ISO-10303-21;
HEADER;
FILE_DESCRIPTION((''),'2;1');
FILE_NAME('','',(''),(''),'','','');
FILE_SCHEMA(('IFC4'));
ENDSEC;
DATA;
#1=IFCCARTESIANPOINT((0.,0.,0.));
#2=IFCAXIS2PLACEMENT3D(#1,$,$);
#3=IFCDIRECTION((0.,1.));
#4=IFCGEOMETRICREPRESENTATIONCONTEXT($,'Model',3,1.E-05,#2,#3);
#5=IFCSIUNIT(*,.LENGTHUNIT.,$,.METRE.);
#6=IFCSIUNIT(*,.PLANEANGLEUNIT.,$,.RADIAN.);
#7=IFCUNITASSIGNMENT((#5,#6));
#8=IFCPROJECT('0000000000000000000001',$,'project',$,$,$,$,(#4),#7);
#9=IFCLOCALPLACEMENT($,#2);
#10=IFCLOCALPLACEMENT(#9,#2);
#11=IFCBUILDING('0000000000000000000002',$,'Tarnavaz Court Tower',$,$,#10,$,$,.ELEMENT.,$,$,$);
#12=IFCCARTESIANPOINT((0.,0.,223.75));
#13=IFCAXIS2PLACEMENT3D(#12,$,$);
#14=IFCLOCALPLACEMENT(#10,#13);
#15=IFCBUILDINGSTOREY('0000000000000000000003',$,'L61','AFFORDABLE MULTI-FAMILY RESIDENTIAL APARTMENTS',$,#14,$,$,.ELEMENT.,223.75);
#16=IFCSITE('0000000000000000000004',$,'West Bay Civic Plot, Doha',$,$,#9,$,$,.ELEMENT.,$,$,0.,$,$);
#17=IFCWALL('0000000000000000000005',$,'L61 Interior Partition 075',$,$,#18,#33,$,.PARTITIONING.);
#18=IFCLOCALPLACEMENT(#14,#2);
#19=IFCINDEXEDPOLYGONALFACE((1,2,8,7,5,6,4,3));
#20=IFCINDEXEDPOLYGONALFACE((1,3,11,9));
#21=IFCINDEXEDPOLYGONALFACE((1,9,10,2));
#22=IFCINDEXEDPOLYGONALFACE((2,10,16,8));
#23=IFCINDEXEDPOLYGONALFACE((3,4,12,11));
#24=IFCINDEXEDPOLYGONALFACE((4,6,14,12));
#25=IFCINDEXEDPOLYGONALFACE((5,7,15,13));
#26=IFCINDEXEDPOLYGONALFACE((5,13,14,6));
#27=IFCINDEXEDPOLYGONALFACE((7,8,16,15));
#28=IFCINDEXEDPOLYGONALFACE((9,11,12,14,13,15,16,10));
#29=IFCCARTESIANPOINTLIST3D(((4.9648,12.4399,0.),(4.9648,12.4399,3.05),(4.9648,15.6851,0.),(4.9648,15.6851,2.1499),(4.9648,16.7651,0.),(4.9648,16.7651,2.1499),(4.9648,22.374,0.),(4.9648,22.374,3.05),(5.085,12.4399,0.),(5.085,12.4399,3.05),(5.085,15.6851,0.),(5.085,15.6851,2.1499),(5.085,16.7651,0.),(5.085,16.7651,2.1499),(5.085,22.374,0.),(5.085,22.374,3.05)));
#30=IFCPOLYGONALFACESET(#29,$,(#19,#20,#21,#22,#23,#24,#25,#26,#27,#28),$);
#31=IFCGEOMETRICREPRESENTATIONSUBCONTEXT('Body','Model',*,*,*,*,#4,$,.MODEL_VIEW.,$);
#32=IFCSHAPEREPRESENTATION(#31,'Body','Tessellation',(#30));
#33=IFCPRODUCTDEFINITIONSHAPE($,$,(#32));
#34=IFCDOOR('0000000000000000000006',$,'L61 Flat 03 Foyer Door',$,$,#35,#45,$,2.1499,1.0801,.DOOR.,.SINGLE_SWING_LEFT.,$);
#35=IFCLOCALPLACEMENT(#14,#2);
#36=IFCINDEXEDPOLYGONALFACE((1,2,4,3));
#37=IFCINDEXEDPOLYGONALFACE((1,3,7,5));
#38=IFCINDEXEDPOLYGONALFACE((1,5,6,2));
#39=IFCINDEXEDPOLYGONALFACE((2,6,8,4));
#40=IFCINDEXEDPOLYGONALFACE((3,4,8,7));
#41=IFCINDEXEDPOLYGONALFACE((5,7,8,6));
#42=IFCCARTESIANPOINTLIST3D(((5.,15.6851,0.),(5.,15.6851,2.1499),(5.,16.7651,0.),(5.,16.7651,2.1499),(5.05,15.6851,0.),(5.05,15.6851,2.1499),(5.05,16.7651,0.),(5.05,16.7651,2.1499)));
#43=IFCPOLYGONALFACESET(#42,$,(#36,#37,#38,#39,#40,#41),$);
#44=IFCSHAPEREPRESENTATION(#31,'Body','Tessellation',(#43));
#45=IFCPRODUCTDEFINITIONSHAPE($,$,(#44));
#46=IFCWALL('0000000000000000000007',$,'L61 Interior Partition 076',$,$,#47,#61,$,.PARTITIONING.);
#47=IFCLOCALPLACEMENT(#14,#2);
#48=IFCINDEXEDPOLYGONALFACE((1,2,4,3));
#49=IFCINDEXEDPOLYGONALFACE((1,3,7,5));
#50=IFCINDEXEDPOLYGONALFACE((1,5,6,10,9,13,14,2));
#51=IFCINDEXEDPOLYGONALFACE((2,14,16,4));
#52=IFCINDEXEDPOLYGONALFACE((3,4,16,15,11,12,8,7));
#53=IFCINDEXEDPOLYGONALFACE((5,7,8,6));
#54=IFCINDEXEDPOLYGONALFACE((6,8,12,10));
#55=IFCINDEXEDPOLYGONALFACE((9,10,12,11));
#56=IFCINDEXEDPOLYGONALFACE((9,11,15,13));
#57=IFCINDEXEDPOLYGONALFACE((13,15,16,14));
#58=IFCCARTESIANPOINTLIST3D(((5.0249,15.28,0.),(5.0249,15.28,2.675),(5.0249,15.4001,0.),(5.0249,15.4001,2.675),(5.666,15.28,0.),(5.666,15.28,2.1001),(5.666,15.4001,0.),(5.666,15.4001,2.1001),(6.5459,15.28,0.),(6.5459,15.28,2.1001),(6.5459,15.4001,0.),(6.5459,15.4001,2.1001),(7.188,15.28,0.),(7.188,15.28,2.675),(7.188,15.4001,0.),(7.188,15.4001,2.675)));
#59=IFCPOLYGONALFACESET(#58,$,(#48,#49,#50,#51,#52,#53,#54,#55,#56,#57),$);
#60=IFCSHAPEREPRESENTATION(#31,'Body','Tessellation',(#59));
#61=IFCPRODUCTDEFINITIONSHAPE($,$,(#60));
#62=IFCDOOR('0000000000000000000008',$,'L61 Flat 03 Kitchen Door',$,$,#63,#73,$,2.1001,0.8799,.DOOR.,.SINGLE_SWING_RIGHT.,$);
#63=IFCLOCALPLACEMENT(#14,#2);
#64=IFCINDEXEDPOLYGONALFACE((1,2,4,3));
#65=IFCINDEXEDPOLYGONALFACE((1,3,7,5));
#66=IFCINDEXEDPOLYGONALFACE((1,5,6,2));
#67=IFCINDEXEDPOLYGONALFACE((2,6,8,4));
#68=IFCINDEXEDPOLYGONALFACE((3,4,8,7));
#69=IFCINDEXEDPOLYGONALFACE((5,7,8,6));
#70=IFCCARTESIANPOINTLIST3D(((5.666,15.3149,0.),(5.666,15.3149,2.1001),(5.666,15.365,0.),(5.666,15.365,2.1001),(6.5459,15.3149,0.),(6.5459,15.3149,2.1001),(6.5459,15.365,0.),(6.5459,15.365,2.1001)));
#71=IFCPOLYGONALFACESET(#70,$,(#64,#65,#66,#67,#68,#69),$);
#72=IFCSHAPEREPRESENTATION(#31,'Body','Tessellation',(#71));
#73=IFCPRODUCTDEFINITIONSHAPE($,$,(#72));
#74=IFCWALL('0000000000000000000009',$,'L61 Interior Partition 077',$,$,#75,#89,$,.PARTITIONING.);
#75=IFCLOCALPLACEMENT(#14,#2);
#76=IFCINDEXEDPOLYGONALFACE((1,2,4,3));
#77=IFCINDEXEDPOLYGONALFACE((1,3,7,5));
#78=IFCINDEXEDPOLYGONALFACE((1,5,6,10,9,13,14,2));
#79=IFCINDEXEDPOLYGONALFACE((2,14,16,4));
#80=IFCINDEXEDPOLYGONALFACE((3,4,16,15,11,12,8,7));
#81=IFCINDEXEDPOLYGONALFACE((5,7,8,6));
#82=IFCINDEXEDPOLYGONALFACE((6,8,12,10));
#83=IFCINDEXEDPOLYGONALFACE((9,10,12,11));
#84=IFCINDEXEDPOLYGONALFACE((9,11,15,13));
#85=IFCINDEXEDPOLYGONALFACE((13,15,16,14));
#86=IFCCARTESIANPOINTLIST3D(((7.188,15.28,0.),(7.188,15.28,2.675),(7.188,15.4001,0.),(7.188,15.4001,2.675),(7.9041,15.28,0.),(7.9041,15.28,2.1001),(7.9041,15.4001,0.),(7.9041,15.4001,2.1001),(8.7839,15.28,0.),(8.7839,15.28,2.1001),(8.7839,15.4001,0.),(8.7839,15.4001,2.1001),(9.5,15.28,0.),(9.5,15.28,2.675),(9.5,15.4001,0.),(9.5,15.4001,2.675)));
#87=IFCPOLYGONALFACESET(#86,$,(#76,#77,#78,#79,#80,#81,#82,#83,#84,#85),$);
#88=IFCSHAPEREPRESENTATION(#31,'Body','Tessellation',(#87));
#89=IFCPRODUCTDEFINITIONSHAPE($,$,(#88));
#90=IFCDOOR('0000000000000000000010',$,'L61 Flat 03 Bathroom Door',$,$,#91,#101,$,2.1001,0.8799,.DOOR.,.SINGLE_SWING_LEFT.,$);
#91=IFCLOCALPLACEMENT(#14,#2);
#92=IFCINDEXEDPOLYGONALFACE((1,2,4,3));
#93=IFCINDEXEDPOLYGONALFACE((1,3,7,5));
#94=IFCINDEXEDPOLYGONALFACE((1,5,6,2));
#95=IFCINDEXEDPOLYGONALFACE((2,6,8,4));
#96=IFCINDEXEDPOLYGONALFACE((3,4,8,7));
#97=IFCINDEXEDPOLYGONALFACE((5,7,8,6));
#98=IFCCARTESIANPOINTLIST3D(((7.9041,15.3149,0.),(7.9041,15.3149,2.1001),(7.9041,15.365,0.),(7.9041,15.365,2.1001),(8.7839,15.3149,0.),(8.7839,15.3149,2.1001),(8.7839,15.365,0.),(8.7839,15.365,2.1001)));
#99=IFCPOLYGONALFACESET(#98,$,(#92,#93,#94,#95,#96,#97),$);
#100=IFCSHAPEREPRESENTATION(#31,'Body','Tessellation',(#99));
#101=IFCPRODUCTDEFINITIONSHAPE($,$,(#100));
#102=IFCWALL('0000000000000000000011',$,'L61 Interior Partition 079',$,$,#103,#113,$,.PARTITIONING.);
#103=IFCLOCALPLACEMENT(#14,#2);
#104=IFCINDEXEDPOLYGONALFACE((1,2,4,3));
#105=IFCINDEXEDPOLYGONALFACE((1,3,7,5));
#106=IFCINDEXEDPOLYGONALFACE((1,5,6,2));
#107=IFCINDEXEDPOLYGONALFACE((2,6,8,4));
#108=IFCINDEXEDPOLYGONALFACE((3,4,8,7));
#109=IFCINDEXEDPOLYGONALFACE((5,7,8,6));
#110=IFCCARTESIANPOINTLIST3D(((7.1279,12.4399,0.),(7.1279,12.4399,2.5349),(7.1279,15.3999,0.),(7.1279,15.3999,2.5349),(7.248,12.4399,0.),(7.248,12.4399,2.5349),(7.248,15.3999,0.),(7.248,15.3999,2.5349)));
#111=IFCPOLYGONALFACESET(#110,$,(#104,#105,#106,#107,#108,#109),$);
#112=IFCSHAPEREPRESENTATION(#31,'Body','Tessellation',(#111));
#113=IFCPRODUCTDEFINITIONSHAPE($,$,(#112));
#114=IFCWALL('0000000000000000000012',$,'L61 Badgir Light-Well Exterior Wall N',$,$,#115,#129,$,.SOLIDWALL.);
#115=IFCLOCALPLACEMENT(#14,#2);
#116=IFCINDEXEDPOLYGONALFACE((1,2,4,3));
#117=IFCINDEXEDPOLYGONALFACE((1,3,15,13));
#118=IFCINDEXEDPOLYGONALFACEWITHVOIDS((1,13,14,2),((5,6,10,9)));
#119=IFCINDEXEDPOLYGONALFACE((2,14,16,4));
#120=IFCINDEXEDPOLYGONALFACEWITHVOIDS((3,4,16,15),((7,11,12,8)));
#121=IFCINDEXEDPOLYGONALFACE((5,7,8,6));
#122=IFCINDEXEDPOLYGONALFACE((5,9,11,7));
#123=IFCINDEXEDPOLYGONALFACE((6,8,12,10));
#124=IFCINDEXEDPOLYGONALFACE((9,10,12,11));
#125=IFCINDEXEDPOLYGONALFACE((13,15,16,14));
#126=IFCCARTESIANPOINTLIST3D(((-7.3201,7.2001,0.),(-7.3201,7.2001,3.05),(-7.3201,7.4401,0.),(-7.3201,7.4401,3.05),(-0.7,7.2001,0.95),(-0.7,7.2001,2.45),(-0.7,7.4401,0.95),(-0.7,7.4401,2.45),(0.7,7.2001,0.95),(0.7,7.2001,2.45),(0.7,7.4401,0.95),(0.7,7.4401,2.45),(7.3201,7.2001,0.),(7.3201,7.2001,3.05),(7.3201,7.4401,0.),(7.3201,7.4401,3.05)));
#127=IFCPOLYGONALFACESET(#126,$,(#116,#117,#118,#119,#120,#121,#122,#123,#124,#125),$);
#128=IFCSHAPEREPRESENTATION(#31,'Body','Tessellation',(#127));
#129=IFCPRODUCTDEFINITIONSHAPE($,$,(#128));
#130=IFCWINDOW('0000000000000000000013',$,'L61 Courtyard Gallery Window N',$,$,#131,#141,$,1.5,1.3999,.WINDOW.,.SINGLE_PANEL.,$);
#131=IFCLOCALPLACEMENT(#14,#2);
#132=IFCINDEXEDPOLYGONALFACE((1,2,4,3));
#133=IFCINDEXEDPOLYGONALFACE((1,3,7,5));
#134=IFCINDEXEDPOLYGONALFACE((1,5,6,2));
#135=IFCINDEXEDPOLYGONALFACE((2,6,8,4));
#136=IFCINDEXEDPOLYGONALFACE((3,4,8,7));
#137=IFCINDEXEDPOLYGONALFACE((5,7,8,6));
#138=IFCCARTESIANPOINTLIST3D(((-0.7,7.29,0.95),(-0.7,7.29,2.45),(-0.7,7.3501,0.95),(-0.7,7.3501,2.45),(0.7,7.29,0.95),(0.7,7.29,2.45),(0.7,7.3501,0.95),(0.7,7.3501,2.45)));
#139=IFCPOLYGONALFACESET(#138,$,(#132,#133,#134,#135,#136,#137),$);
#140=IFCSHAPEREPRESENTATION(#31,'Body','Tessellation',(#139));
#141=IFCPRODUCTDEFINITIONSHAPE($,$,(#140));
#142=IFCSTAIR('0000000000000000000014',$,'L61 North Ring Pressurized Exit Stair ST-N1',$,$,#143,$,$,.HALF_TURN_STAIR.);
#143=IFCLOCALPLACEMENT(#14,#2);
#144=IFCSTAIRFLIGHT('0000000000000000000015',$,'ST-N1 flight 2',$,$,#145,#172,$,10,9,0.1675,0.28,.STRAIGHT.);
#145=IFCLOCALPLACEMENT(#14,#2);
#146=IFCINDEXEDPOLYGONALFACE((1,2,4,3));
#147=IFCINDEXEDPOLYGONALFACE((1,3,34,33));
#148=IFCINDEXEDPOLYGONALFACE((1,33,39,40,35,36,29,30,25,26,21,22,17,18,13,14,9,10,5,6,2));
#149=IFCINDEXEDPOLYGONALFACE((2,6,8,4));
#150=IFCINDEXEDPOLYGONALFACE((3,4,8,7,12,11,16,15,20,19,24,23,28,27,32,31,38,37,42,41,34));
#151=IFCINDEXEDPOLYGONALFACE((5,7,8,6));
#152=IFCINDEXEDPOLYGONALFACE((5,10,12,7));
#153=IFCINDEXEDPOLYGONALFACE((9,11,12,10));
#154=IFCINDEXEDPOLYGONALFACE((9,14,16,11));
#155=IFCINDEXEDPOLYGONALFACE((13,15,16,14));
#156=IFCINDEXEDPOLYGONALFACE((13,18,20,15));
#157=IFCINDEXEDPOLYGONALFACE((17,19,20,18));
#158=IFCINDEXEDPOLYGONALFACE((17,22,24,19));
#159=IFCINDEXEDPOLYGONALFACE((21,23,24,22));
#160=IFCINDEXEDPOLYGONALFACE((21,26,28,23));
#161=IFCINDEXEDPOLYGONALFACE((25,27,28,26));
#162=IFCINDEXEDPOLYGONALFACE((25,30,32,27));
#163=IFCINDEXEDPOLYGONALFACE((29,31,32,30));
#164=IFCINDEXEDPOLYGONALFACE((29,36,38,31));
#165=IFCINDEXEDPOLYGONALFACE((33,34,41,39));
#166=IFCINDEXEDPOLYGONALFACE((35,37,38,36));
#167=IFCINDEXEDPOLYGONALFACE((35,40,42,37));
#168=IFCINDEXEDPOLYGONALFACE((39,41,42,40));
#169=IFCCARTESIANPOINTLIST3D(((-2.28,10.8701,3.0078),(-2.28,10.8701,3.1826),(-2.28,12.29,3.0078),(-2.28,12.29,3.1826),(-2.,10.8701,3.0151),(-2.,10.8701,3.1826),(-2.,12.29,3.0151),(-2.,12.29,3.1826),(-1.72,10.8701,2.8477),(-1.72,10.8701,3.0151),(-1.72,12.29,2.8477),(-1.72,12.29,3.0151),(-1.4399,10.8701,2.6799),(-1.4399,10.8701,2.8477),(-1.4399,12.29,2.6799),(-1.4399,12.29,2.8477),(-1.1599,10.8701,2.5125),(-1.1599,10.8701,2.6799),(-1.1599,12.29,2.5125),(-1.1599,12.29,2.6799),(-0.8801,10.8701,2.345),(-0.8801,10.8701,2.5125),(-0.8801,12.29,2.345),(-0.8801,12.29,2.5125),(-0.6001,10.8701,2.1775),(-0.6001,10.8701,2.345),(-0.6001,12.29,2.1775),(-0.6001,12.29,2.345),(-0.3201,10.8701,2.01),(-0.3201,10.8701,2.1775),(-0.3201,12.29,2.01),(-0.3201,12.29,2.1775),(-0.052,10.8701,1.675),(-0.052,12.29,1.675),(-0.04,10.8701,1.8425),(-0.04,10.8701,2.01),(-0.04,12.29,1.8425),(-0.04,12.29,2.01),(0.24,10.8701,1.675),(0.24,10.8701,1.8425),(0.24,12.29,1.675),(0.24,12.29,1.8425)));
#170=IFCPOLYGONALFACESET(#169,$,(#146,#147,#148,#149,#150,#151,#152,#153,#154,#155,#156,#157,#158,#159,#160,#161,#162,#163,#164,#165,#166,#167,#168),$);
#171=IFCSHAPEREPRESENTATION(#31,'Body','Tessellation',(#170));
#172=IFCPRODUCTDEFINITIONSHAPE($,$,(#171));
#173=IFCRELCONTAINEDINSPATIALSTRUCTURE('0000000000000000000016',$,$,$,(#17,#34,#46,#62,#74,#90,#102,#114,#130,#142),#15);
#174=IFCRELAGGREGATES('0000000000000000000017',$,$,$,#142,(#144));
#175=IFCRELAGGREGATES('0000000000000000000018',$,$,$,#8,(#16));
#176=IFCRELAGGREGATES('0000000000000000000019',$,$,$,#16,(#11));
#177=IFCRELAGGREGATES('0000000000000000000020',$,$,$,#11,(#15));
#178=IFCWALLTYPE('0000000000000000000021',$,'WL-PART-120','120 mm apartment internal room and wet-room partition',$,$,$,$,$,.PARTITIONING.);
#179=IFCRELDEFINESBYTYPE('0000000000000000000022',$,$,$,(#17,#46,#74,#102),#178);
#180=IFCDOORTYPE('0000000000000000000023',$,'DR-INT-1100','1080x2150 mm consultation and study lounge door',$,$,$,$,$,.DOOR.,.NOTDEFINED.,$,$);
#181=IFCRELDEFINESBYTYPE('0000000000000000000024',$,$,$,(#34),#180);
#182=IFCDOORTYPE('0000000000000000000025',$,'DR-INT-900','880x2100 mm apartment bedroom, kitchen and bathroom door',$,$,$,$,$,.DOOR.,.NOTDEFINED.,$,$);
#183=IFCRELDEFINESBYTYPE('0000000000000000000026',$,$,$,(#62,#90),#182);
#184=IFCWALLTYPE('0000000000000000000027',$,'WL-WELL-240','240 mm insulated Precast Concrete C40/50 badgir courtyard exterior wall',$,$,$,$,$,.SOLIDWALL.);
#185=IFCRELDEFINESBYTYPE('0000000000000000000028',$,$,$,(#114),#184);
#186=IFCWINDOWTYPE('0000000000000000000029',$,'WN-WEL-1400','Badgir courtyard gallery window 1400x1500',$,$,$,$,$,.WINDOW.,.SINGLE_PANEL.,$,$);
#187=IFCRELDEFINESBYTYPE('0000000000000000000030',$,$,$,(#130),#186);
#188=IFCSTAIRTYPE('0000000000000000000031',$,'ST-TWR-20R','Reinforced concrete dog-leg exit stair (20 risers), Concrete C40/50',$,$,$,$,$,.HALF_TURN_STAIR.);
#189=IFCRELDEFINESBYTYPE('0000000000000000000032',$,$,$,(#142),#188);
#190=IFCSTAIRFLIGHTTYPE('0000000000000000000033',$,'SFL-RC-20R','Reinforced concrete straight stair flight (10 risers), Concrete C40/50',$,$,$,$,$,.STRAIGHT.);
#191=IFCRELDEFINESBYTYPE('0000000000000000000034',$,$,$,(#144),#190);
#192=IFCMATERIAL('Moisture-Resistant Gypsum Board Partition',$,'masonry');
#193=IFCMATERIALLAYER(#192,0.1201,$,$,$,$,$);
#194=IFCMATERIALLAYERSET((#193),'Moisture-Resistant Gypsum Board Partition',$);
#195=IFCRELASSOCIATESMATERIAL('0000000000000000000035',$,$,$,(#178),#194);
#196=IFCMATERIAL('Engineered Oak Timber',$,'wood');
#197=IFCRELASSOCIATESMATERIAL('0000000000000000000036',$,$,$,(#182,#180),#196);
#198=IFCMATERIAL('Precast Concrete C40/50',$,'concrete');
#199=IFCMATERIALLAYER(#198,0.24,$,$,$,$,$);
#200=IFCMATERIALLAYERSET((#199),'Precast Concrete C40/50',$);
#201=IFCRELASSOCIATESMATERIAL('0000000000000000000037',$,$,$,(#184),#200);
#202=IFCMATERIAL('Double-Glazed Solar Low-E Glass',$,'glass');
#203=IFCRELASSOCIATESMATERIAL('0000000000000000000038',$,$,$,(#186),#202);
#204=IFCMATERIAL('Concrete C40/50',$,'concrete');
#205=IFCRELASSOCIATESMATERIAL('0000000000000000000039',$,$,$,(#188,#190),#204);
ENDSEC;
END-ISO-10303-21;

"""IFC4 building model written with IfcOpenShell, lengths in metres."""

from ifc_helpers import new_model, si_unit, direction, frame, frame_2d, origin, place, context, subcontext, project, spatial, polyline, rectangle, outline, extrude, material, layer, layer_set, type_object, element, fill, aggregate, save


model = new_model("IFC4")

# Units and contexts
model_context = context("Model", 3, precision=1e-05, world=origin(), true_north=direction((0.0, 1.0)))
body_context = subcontext(model_context, "Body", "Model", "MODEL_VIEW")
ifc_project = project(units=[si_unit("LENGTHUNIT", "METRE"), si_unit("PLANEANGLEUNIT", "RADIAN")], contexts=[model_context])

# Site, building, storey
site_placement = place(None, origin())
site = spatial("IfcSite", under=ifc_project, at=site_placement, Name="West Bay Civic Plot, Doha", CompositionType="ELEMENT", RefElevation=0.0)
building_placement = place(site_placement, origin())
building = spatial("IfcBuilding", under=site, at=building_placement, Name="Tarnavaz Court Tower", CompositionType="ELEMENT")
storey_placement = place(building_placement, frame((0.0, 0.0, 223.75)))
storey = spatial("IfcBuildingStorey", under=building, at=storey_placement, Name="L61", Description="AFFORDABLE MULTI-FAMILY RESIDENTIAL APARTMENTS", CompositionType="ELEMENT", Elevation=223.75)

# Shared definitions
ifc_material_1 = material(Name="Moisture-Resistant Gypsum Board Partition", Category="masonry")
ifc_layer_1 = layer(ifc_material_1, 0.1201)
ifc_layer_set_1 = layer_set([ifc_layer_1], Name="Moisture-Resistant Gypsum Board Partition")
wall_type_1 = type_object("IfcWallType", Name="WL-PART-120", Description="120 mm apartment internal room and wet-room partition", PredefinedType="PARTITIONING", material=ifc_layer_set_1)
ifc_material_2 = material(Name="Engineered Oak Timber", Category="wood")
door_type_1 = type_object("IfcDoorType", Name="DR-INT-900", Description="880x2100 mm apartment bedroom, kitchen and bathroom door", OperationType="NOTDEFINED", PredefinedType="DOOR", material=ifc_material_2)

# Walls, openings, doors
wall_1_placement = place(storey_placement, frame((5.0249, 12.4399, 0.0), z_axis=(0.0, 0.0, 1.0), x_axis=(0.0, 1.0, 0.0)))
wall_1 = element("IfcWall", 1, at=wall_1_placement, inside=storey, type_object=wall_type_1, Name="L61 Interior Partition 075", PredefinedType="PARTITIONING", context=body_context, shape_type="SweptSolid", body=[
    extrude(rectangle(XDim=9.9341, YDim=0.1201, at=frame_2d((4.967, 0.0))), origin(), (0.0, 0.0, 1.0), 3.05),
])
opening_1_placement = place(wall_1_placement, frame((3.2451, 0.0, 0.0)))
opening_1 = element("IfcOpeningElement", 2, at=opening_1_placement, cuts=wall_1, PredefinedType="OPENING", context=body_context, shape_type="SweptSolid", body=[
    extrude(rectangle(XDim=1.0801, YDim=2.1499, at=frame_2d((0.54, 1.075))), frame((0.0, 0.0701, 0.0), z_axis=(0.0, -1.0, 0.0), x_axis=(1.0, 0.0, 0.0)), (0.0, 0.0, 1.0), 0.1401),
])
door_type_2 = type_object("IfcDoorType", Name="DR-INT-1100", Description="1080x2150 mm consultation and study lounge door", OperationType="NOTDEFINED", PredefinedType="DOOR", material=ifc_material_2)
door_1_placement = place(opening_1_placement, origin())
door_1 = element("IfcDoor", 3, at=door_1_placement, inside=storey, type_object=door_type_2, Name="L61 Flat 03 Foyer Door", OperationType="SINGLE_SWING_LEFT", OverallHeight=2.1499, OverallWidth=1.0801, PredefinedType="DOOR", context=body_context, shape_type="SweptSolid", body=[
    extrude(rectangle(XDim=1.0801, YDim=2.1499, at=frame_2d((0.54, 1.075))), frame((0.0, 0.0249, 0.0), z_axis=(0.0, -1.0, 0.0), x_axis=(1.0, 0.0, 0.0)), (0.0, 0.0, 1.0), 0.05),
])
fill(opening_1, door_1)
wall_2_placement = place(storey_placement, frame((5.0249, 15.3401, 0.0), z_axis=(0.0, 0.0, 1.0), x_axis=(1.0, 0.0, 0.0)))
wall_2 = element("IfcWall", 4, at=wall_2_placement, inside=storey, type_object=wall_type_1, Name="L61 Interior Partition 076", PredefinedType="PARTITIONING", context=body_context, shape_type="SweptSolid", body=[
    extrude(rectangle(XDim=2.1631, YDim=0.1201, at=frame_2d((1.0815, 0.0))), origin(), (0.0, 0.0, 1.0), 2.675),
])
opening_2_placement = place(wall_2_placement, frame((0.6411, 0.0, 0.0)))
opening_2 = element("IfcOpeningElement", 5, at=opening_2_placement, cuts=wall_2, PredefinedType="OPENING", context=body_context, shape_type="SweptSolid", body=[
    extrude(rectangle(XDim=0.8799, YDim=2.1001, at=frame_2d((0.4399, 1.05))), frame((0.0, 0.0701, 0.0), z_axis=(0.0, -1.0, 0.0), x_axis=(1.0, 0.0, 0.0)), (0.0, 0.0, 1.0), 0.1401),
])
door_2_placement = place(opening_2_placement, origin())
door_2 = element("IfcDoor", 6, at=door_2_placement, inside=storey, type_object=door_type_1, Name="L61 Flat 03 Kitchen Door", OperationType="SINGLE_SWING_RIGHT", OverallHeight=2.1001, OverallWidth=0.8799, PredefinedType="DOOR", context=body_context, shape_type="SweptSolid", body=[
    extrude(rectangle(XDim=0.8799, YDim=2.1001, at=frame_2d((0.4399, 1.05))), frame((0.0, 0.0249, 0.0), z_axis=(0.0, -1.0, 0.0), x_axis=(1.0, 0.0, 0.0)), (0.0, 0.0, 1.0), 0.05),
])
fill(opening_2, door_2)
wall_3_placement = place(storey_placement, frame((7.188, 15.3401, 0.0), z_axis=(0.0, 0.0, 1.0), x_axis=(1.0, 0.0, 0.0)))
wall_3 = element("IfcWall", 7, at=wall_3_placement, inside=storey, type_object=wall_type_1, Name="L61 Interior Partition 077", PredefinedType="PARTITIONING", context=body_context, shape_type="SweptSolid", body=[
    extrude(rectangle(XDim=2.312, YDim=0.1201, at=frame_2d((1.156, 0.0))), origin(), (0.0, 0.0, 1.0), 2.675),
])
opening_3_placement = place(wall_3_placement, frame((0.7161, 0.0, 0.0)))
opening_3 = element("IfcOpeningElement", 8, at=opening_3_placement, cuts=wall_3, PredefinedType="OPENING", context=body_context, shape_type="SweptSolid", body=[
    extrude(rectangle(XDim=0.8799, YDim=2.1001, at=frame_2d((0.4399, 1.05))), frame((0.0, 0.0701, 0.0), z_axis=(0.0, -1.0, 0.0), x_axis=(1.0, 0.0, 0.0)), (0.0, 0.0, 1.0), 0.1401),
])
door_3_placement = place(opening_3_placement, origin())
door_3 = element("IfcDoor", 9, at=door_3_placement, inside=storey, type_object=door_type_1, Name="L61 Flat 03 Bathroom Door", OperationType="SINGLE_SWING_LEFT", OverallHeight=2.1001, OverallWidth=0.8799, PredefinedType="DOOR", context=body_context, shape_type="SweptSolid", body=[
    extrude(rectangle(XDim=0.8799, YDim=2.1001, at=frame_2d((0.4399, 1.05))), frame((0.0, 0.0249, 0.0), z_axis=(0.0, -1.0, 0.0), x_axis=(1.0, 0.0, 0.0)), (0.0, 0.0, 1.0), 0.05),
])
fill(opening_3, door_3)

# Wall
wall_4_placement = place(storey_placement, frame((7.188, 12.4399, 0.0), z_axis=(0.0, 0.0, 1.0), x_axis=(0.0, 1.0, 0.0)))
element("IfcWall", 10, at=wall_4_placement, inside=storey, type_object=wall_type_1, Name="L61 Interior Partition 079", PredefinedType="PARTITIONING", context=body_context, shape_type="SweptSolid", body=[
    extrude(rectangle(XDim=2.96, YDim=0.1201, at=frame_2d((1.48, 0.0))), origin(), (0.0, 0.0, 1.0), 2.5349),
])

# Wall, opening, window
ifc_material_3 = material(Name="Precast Concrete C40/50", Category="concrete")
ifc_layer_2 = layer(ifc_material_3, 0.24)
ifc_layer_set_2 = layer_set([ifc_layer_2], Name="Precast Concrete C40/50")
wall_type_2 = type_object("IfcWallType", Name="WL-WELL-240", Description="240 mm insulated Precast Concrete C40/50 badgir courtyard exterior wall", PredefinedType="SOLIDWALL", material=ifc_layer_set_2)
wall_5_placement = place(storey_placement, frame((7.3201, 7.3201, 0.0), z_axis=(0.0, 0.0, 1.0), x_axis=(-1.0, 0.0, 0.0)))
wall_5 = element("IfcWall", 11, at=wall_5_placement, inside=storey, type_object=wall_type_2, Name="L61 Badgir Light-Well Exterior Wall N", PredefinedType="SOLIDWALL", context=body_context, shape_type="SweptSolid", body=[
    extrude(rectangle(XDim=14.6401, YDim=0.24, at=frame_2d((7.3201, 0.0))), origin(), (0.0, 0.0, 1.0), 3.05),
])
opening_4_placement = place(wall_5_placement, frame((6.6201, 0.0, 0.95)))
opening_4 = element("IfcOpeningElement", 12, at=opening_4_placement, cuts=wall_5, PredefinedType="OPENING", context=body_context, shape_type="SweptSolid", body=[
    extrude(rectangle(XDim=1.3999, YDim=1.5, at=frame_2d((0.7, 0.75))), frame((0.0, 0.1299, 0.0), z_axis=(0.0, -1.0, 0.0), x_axis=(1.0, 0.0, 0.0)), (0.0, 0.0, 1.0), 0.26),
])
ifc_material_4 = material(Name="Double-Glazed Solar Low-E Glass", Category="glass")
window_type = type_object("IfcWindowType", Name="WN-WEL-1400", Description="Badgir courtyard gallery window 1400x1500", PartitioningType="SINGLE_PANEL", PredefinedType="WINDOW", material=ifc_material_4)
window_placement = place(opening_4_placement, origin())
window = element("IfcWindow", 13, at=window_placement, inside=storey, type_object=window_type, Name="L61 Courtyard Gallery Window N", OverallHeight=1.5, OverallWidth=1.3999, PartitioningType="SINGLE_PANEL", PredefinedType="WINDOW", context=body_context, shape_type="SweptSolid", body=[
    extrude(rectangle(XDim=1.3999, YDim=1.5, at=frame_2d((0.7, 0.75))), frame((0.0, 0.03, 0.0), z_axis=(0.0, -1.0, 0.0), x_axis=(1.0, 0.0, 0.0)), (0.0, 0.0, 1.0), 0.0601),
])
fill(opening_4, window)

# Stair, stair flight
ifc_material_5 = material(Name="Concrete C40/50", Category="concrete")
stair_type = type_object("IfcStairType", Name="ST-TWR-20R", Description="Reinforced concrete dog-leg exit stair (20 risers), Concrete C40/50", PredefinedType="HALF_TURN_STAIR", material=ifc_material_5)
stair_placement = place(storey_placement, origin())
stair = element("IfcStair", 14, at=stair_placement, inside=storey, type_object=stair_type, Name="L61 North Ring Pressurized Exit Stair ST-N1", PredefinedType="HALF_TURN_STAIR")
stair_flight_type = type_object("IfcStairFlightType", Name="SFL-RC-20R", Description="Reinforced concrete straight stair flight (10 risers), Concrete C40/50", PredefinedType="STRAIGHT", material=ifc_material_5)
stair_flight_placement = place(storey_placement, frame((0.24, 11.5801, 1.675), z_axis=(0.0, 0.0, 1.0), x_axis=(-1.0, 0.0, 0.0)))
stair_flight = element("IfcStairFlight", 15, at=stair_flight_placement, type_object=stair_flight_type, Name="ST-N1 flight 2", NumberOfRisers=10, NumberOfTreads=9, PredefinedType="STRAIGHT", RiserHeight=0.1675, TreadLength=0.28, context=body_context, shape_type="SweptSolid", body=[
    extrude(outline(polyline([(0.0, 0.0), (0.0, 0.1675), (0.28, 0.1675), (0.28, 0.335), (0.5601, 0.335), (0.5601, 0.5024), (0.8401, 0.5024), (0.8401, 0.6699), (1.1201, 0.6699), (1.1201, 0.8374), (1.3999, 0.8374), (1.3999, 1.0049), (1.6799, 1.0049), (1.6799, 1.1726), (1.96, 1.1726), (1.96, 1.3401), (2.24, 1.3401), (2.24, 1.5076), (2.52, 1.5076), (2.52, 1.675), (2.52, 1.3328), (0.292, 0.0), (0.0, 0.0)])), frame((0.0, 0.71, 0.0), z_axis=(0.0, -1.0, 0.0), x_axis=(1.0, 0.0, 0.0)), (0.0, 0.0, 1.0), 1.4199),
])
aggregate(stair, [stair_flight])

save(model, "model.ifc")
